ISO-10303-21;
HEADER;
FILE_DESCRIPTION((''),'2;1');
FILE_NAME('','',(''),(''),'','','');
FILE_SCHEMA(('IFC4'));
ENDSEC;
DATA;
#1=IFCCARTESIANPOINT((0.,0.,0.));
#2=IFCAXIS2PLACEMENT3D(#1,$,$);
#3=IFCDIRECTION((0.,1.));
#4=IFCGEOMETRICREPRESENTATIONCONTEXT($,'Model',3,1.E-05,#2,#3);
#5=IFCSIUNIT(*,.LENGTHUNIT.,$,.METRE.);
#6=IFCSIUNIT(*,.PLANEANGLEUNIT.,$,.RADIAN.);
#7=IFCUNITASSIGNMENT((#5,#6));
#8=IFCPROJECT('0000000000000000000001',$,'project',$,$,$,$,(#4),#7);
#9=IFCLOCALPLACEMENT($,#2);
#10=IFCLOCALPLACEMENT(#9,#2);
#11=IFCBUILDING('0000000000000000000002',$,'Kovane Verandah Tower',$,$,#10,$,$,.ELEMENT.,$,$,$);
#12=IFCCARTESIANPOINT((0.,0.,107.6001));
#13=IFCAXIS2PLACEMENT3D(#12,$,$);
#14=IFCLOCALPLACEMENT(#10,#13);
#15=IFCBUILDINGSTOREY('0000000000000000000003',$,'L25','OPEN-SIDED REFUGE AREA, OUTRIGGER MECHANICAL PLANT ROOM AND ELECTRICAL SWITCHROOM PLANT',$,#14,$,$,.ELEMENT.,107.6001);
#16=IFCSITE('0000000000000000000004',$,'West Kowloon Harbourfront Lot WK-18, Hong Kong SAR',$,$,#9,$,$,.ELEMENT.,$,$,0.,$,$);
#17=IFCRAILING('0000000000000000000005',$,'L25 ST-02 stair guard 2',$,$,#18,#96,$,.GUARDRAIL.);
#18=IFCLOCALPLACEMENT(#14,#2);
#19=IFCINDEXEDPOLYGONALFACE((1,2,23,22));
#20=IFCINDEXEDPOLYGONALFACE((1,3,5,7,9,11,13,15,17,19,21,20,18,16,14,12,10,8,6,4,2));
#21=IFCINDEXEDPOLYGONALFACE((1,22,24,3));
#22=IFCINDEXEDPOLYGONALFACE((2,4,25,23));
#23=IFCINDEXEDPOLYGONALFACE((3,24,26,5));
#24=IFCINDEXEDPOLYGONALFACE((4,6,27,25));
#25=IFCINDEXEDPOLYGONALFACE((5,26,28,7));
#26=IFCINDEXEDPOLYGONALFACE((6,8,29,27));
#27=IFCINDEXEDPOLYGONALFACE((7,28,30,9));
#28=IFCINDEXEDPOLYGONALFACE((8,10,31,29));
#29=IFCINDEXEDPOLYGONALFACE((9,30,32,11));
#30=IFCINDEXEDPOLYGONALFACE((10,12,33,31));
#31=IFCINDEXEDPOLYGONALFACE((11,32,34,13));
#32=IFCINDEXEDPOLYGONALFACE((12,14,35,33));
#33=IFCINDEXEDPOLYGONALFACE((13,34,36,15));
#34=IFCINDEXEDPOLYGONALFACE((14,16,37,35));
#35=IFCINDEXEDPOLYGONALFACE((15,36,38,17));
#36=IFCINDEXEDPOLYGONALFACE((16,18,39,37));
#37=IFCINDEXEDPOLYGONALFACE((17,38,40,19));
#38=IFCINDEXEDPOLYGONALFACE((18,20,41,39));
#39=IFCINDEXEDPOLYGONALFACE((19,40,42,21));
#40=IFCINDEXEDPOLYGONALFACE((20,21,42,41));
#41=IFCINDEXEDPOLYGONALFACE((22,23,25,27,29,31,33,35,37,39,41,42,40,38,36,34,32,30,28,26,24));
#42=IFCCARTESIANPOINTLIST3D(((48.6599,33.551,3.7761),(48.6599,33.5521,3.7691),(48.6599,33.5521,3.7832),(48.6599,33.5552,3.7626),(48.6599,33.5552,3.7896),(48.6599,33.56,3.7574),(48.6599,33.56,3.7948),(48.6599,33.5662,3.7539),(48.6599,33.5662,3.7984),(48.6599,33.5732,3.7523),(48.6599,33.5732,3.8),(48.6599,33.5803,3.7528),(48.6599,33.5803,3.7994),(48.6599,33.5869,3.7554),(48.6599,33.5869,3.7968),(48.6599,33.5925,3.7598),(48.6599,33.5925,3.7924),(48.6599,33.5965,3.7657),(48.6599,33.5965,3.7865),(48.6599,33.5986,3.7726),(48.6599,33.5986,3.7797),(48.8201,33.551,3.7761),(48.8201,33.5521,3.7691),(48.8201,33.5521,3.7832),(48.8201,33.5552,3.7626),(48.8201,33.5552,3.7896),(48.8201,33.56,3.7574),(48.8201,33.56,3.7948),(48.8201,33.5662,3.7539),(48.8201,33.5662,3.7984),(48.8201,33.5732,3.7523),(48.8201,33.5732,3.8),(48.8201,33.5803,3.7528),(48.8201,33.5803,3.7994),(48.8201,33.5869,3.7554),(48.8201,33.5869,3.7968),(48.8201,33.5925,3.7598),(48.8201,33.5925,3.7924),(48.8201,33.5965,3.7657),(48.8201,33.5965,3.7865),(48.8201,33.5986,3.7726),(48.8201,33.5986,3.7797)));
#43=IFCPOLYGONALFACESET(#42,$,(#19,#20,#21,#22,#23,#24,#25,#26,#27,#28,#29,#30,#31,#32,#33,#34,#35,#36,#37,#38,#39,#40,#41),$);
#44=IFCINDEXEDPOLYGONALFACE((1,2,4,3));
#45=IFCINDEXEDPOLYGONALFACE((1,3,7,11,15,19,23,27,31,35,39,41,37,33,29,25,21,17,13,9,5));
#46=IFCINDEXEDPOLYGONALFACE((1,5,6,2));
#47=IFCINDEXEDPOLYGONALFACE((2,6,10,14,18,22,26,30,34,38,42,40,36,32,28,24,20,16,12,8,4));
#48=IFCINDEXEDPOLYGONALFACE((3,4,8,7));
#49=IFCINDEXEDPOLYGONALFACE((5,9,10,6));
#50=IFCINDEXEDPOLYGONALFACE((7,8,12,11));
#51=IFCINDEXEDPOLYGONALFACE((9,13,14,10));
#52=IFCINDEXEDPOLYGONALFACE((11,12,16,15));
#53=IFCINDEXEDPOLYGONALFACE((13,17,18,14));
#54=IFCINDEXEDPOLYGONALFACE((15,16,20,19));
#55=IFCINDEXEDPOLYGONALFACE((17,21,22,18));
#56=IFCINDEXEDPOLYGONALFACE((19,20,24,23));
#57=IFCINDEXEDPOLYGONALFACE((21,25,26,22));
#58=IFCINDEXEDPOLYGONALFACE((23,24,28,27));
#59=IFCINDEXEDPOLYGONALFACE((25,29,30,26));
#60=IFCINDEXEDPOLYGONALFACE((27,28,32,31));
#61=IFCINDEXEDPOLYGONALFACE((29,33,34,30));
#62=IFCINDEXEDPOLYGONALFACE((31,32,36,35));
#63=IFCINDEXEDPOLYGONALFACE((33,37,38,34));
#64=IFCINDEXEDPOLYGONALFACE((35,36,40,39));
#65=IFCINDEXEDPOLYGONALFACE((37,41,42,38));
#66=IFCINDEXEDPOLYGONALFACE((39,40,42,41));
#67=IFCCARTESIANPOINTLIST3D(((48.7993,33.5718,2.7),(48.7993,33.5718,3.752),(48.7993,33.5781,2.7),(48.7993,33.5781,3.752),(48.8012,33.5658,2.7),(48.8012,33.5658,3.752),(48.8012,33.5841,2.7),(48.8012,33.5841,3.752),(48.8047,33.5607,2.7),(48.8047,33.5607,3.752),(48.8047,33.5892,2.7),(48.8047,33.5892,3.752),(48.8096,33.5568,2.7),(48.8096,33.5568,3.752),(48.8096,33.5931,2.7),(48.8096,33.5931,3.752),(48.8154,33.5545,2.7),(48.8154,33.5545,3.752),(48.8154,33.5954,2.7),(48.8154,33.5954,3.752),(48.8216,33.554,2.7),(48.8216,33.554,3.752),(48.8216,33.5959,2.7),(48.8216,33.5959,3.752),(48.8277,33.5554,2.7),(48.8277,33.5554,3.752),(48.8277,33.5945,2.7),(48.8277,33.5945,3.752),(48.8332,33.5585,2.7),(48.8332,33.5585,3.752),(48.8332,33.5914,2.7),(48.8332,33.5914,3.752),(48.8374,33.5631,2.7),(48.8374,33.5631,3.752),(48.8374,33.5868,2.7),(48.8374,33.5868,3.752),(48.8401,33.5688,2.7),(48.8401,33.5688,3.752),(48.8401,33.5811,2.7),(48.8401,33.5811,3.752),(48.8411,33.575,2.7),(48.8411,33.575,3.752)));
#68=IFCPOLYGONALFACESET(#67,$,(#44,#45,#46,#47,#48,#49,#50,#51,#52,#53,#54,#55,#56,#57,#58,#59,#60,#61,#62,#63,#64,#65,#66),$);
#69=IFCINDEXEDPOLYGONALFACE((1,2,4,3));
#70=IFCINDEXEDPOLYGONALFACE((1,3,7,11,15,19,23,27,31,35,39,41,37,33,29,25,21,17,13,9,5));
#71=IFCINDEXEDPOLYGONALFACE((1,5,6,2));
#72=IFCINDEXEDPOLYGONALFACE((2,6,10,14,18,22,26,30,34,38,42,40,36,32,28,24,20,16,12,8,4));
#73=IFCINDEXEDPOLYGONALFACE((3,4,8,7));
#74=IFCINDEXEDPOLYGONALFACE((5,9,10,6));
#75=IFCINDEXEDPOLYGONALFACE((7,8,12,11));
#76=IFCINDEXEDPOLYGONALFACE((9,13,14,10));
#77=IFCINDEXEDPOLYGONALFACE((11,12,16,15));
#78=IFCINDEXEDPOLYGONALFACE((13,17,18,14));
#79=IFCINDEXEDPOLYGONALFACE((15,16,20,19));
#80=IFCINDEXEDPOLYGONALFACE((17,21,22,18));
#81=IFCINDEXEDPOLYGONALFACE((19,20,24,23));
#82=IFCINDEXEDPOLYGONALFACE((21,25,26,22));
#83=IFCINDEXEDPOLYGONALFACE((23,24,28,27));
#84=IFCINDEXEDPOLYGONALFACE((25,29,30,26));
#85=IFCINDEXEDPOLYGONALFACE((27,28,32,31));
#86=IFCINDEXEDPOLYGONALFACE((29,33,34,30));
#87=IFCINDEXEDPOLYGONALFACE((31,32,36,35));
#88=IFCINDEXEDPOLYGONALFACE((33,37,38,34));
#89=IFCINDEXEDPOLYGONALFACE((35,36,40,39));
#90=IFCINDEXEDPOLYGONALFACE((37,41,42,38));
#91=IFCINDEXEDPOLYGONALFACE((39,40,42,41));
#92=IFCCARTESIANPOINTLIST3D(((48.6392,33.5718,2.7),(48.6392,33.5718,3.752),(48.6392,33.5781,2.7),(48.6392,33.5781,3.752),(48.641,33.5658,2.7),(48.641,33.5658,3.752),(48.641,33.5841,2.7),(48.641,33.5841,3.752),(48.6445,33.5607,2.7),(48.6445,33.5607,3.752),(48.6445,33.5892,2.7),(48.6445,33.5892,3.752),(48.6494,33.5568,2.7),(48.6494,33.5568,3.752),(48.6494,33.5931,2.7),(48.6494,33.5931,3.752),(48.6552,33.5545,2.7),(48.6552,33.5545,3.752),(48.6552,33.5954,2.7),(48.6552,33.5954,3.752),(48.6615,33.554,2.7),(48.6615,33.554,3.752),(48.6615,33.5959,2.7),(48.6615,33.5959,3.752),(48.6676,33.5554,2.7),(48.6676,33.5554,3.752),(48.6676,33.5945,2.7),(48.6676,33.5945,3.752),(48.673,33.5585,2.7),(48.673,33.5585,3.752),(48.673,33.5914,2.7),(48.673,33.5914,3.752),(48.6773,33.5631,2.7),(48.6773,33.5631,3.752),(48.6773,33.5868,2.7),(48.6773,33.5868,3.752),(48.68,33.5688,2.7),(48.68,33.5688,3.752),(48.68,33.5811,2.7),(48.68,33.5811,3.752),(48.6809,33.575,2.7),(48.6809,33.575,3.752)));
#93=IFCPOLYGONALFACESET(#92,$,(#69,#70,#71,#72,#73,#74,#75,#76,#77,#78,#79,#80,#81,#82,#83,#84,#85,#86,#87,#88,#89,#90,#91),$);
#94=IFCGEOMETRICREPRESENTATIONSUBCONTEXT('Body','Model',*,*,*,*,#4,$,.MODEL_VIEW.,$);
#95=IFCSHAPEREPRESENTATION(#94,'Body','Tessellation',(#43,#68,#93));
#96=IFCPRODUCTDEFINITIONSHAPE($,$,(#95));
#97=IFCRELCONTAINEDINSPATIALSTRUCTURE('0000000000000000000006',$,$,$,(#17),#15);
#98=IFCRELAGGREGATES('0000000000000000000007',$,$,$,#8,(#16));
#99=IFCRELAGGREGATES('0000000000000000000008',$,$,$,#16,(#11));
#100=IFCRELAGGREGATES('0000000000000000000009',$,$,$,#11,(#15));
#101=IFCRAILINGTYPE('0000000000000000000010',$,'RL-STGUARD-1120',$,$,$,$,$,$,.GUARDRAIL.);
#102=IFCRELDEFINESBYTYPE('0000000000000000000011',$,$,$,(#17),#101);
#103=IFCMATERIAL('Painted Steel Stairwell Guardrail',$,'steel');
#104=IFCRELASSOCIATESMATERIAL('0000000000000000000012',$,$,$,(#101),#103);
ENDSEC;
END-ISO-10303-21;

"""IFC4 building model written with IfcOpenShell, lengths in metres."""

from ifc_helpers import new_model, si_unit, direction, frame, origin, origin_2d, place, context, subcontext, project, spatial, circle, extrude, material, type_object, element, save


model = new_model("IFC4")

# Units and contexts
model_context = context("Model", 3, precision=1e-05, world=origin(), true_north=direction((0.0, 1.0)))
body_context = subcontext(model_context, "Body", "Model", "MODEL_VIEW")
ifc_project = project(units=[si_unit("LENGTHUNIT", "METRE"), si_unit("PLANEANGLEUNIT", "RADIAN")], contexts=[model_context])

# Site, building, storey
site_placement = place(None, origin())
site = spatial("IfcSite", under=ifc_project, at=site_placement, Name="West Kowloon Harbourfront Lot WK-18, Hong Kong SAR", CompositionType="ELEMENT", RefElevation=0.0)
building_placement = place(site_placement, origin())
building = spatial("IfcBuilding", under=site, at=building_placement, Name="Kovane Verandah Tower", CompositionType="ELEMENT")
storey_placement = place(building_placement, frame((0.0, 0.0, 107.6001)))
storey = spatial("IfcBuildingStorey", under=building, at=storey_placement, Name="L25", Description="OPEN-SIDED REFUGE AREA, OUTRIGGER MECHANICAL PLANT ROOM AND ELECTRICAL SWITCHROOM PLANT", CompositionType="ELEMENT", Elevation=107.6001)

# Railing
ifc_material_1 = material(Name="Painted Steel Stairwell Guardrail", Category="steel")
railing_type_1 = type_object("IfcRailingType", Name="RL-STGUARD-1120", PredefinedType="GUARDRAIL", material=ifc_material_1)
railing_1_placement = place(storey_placement, frame((48.8201, 33.575, 2.7)))
element("IfcRailing", 1, at=railing_1_placement, inside=storey, type_object=railing_type_1, Name="L25 ST-02 stair guard 2", PredefinedType="GUARDRAIL", context=body_context, shape_type="SweptSolid", body=[
    extrude(circle(Radius=0.0239, at=origin_2d()), frame((0.0, 0.0, 1.0762), z_axis=(-1.0, 0.0, 0.0), x_axis=(0.0, -1.0, 0.0)), (0.0, 0.0, 1.0), 0.1602),
    extrude(circle(Radius=0.021, at=origin_2d()), origin(), (0.0, 0.0, 1.0), 1.052),
    extrude(circle(Radius=0.021, at=origin_2d()), frame((-0.1602, 0.0, 0.0)), (0.0, 0.0, 1.0), 1.052),
])

save(model, "model.ifc")
